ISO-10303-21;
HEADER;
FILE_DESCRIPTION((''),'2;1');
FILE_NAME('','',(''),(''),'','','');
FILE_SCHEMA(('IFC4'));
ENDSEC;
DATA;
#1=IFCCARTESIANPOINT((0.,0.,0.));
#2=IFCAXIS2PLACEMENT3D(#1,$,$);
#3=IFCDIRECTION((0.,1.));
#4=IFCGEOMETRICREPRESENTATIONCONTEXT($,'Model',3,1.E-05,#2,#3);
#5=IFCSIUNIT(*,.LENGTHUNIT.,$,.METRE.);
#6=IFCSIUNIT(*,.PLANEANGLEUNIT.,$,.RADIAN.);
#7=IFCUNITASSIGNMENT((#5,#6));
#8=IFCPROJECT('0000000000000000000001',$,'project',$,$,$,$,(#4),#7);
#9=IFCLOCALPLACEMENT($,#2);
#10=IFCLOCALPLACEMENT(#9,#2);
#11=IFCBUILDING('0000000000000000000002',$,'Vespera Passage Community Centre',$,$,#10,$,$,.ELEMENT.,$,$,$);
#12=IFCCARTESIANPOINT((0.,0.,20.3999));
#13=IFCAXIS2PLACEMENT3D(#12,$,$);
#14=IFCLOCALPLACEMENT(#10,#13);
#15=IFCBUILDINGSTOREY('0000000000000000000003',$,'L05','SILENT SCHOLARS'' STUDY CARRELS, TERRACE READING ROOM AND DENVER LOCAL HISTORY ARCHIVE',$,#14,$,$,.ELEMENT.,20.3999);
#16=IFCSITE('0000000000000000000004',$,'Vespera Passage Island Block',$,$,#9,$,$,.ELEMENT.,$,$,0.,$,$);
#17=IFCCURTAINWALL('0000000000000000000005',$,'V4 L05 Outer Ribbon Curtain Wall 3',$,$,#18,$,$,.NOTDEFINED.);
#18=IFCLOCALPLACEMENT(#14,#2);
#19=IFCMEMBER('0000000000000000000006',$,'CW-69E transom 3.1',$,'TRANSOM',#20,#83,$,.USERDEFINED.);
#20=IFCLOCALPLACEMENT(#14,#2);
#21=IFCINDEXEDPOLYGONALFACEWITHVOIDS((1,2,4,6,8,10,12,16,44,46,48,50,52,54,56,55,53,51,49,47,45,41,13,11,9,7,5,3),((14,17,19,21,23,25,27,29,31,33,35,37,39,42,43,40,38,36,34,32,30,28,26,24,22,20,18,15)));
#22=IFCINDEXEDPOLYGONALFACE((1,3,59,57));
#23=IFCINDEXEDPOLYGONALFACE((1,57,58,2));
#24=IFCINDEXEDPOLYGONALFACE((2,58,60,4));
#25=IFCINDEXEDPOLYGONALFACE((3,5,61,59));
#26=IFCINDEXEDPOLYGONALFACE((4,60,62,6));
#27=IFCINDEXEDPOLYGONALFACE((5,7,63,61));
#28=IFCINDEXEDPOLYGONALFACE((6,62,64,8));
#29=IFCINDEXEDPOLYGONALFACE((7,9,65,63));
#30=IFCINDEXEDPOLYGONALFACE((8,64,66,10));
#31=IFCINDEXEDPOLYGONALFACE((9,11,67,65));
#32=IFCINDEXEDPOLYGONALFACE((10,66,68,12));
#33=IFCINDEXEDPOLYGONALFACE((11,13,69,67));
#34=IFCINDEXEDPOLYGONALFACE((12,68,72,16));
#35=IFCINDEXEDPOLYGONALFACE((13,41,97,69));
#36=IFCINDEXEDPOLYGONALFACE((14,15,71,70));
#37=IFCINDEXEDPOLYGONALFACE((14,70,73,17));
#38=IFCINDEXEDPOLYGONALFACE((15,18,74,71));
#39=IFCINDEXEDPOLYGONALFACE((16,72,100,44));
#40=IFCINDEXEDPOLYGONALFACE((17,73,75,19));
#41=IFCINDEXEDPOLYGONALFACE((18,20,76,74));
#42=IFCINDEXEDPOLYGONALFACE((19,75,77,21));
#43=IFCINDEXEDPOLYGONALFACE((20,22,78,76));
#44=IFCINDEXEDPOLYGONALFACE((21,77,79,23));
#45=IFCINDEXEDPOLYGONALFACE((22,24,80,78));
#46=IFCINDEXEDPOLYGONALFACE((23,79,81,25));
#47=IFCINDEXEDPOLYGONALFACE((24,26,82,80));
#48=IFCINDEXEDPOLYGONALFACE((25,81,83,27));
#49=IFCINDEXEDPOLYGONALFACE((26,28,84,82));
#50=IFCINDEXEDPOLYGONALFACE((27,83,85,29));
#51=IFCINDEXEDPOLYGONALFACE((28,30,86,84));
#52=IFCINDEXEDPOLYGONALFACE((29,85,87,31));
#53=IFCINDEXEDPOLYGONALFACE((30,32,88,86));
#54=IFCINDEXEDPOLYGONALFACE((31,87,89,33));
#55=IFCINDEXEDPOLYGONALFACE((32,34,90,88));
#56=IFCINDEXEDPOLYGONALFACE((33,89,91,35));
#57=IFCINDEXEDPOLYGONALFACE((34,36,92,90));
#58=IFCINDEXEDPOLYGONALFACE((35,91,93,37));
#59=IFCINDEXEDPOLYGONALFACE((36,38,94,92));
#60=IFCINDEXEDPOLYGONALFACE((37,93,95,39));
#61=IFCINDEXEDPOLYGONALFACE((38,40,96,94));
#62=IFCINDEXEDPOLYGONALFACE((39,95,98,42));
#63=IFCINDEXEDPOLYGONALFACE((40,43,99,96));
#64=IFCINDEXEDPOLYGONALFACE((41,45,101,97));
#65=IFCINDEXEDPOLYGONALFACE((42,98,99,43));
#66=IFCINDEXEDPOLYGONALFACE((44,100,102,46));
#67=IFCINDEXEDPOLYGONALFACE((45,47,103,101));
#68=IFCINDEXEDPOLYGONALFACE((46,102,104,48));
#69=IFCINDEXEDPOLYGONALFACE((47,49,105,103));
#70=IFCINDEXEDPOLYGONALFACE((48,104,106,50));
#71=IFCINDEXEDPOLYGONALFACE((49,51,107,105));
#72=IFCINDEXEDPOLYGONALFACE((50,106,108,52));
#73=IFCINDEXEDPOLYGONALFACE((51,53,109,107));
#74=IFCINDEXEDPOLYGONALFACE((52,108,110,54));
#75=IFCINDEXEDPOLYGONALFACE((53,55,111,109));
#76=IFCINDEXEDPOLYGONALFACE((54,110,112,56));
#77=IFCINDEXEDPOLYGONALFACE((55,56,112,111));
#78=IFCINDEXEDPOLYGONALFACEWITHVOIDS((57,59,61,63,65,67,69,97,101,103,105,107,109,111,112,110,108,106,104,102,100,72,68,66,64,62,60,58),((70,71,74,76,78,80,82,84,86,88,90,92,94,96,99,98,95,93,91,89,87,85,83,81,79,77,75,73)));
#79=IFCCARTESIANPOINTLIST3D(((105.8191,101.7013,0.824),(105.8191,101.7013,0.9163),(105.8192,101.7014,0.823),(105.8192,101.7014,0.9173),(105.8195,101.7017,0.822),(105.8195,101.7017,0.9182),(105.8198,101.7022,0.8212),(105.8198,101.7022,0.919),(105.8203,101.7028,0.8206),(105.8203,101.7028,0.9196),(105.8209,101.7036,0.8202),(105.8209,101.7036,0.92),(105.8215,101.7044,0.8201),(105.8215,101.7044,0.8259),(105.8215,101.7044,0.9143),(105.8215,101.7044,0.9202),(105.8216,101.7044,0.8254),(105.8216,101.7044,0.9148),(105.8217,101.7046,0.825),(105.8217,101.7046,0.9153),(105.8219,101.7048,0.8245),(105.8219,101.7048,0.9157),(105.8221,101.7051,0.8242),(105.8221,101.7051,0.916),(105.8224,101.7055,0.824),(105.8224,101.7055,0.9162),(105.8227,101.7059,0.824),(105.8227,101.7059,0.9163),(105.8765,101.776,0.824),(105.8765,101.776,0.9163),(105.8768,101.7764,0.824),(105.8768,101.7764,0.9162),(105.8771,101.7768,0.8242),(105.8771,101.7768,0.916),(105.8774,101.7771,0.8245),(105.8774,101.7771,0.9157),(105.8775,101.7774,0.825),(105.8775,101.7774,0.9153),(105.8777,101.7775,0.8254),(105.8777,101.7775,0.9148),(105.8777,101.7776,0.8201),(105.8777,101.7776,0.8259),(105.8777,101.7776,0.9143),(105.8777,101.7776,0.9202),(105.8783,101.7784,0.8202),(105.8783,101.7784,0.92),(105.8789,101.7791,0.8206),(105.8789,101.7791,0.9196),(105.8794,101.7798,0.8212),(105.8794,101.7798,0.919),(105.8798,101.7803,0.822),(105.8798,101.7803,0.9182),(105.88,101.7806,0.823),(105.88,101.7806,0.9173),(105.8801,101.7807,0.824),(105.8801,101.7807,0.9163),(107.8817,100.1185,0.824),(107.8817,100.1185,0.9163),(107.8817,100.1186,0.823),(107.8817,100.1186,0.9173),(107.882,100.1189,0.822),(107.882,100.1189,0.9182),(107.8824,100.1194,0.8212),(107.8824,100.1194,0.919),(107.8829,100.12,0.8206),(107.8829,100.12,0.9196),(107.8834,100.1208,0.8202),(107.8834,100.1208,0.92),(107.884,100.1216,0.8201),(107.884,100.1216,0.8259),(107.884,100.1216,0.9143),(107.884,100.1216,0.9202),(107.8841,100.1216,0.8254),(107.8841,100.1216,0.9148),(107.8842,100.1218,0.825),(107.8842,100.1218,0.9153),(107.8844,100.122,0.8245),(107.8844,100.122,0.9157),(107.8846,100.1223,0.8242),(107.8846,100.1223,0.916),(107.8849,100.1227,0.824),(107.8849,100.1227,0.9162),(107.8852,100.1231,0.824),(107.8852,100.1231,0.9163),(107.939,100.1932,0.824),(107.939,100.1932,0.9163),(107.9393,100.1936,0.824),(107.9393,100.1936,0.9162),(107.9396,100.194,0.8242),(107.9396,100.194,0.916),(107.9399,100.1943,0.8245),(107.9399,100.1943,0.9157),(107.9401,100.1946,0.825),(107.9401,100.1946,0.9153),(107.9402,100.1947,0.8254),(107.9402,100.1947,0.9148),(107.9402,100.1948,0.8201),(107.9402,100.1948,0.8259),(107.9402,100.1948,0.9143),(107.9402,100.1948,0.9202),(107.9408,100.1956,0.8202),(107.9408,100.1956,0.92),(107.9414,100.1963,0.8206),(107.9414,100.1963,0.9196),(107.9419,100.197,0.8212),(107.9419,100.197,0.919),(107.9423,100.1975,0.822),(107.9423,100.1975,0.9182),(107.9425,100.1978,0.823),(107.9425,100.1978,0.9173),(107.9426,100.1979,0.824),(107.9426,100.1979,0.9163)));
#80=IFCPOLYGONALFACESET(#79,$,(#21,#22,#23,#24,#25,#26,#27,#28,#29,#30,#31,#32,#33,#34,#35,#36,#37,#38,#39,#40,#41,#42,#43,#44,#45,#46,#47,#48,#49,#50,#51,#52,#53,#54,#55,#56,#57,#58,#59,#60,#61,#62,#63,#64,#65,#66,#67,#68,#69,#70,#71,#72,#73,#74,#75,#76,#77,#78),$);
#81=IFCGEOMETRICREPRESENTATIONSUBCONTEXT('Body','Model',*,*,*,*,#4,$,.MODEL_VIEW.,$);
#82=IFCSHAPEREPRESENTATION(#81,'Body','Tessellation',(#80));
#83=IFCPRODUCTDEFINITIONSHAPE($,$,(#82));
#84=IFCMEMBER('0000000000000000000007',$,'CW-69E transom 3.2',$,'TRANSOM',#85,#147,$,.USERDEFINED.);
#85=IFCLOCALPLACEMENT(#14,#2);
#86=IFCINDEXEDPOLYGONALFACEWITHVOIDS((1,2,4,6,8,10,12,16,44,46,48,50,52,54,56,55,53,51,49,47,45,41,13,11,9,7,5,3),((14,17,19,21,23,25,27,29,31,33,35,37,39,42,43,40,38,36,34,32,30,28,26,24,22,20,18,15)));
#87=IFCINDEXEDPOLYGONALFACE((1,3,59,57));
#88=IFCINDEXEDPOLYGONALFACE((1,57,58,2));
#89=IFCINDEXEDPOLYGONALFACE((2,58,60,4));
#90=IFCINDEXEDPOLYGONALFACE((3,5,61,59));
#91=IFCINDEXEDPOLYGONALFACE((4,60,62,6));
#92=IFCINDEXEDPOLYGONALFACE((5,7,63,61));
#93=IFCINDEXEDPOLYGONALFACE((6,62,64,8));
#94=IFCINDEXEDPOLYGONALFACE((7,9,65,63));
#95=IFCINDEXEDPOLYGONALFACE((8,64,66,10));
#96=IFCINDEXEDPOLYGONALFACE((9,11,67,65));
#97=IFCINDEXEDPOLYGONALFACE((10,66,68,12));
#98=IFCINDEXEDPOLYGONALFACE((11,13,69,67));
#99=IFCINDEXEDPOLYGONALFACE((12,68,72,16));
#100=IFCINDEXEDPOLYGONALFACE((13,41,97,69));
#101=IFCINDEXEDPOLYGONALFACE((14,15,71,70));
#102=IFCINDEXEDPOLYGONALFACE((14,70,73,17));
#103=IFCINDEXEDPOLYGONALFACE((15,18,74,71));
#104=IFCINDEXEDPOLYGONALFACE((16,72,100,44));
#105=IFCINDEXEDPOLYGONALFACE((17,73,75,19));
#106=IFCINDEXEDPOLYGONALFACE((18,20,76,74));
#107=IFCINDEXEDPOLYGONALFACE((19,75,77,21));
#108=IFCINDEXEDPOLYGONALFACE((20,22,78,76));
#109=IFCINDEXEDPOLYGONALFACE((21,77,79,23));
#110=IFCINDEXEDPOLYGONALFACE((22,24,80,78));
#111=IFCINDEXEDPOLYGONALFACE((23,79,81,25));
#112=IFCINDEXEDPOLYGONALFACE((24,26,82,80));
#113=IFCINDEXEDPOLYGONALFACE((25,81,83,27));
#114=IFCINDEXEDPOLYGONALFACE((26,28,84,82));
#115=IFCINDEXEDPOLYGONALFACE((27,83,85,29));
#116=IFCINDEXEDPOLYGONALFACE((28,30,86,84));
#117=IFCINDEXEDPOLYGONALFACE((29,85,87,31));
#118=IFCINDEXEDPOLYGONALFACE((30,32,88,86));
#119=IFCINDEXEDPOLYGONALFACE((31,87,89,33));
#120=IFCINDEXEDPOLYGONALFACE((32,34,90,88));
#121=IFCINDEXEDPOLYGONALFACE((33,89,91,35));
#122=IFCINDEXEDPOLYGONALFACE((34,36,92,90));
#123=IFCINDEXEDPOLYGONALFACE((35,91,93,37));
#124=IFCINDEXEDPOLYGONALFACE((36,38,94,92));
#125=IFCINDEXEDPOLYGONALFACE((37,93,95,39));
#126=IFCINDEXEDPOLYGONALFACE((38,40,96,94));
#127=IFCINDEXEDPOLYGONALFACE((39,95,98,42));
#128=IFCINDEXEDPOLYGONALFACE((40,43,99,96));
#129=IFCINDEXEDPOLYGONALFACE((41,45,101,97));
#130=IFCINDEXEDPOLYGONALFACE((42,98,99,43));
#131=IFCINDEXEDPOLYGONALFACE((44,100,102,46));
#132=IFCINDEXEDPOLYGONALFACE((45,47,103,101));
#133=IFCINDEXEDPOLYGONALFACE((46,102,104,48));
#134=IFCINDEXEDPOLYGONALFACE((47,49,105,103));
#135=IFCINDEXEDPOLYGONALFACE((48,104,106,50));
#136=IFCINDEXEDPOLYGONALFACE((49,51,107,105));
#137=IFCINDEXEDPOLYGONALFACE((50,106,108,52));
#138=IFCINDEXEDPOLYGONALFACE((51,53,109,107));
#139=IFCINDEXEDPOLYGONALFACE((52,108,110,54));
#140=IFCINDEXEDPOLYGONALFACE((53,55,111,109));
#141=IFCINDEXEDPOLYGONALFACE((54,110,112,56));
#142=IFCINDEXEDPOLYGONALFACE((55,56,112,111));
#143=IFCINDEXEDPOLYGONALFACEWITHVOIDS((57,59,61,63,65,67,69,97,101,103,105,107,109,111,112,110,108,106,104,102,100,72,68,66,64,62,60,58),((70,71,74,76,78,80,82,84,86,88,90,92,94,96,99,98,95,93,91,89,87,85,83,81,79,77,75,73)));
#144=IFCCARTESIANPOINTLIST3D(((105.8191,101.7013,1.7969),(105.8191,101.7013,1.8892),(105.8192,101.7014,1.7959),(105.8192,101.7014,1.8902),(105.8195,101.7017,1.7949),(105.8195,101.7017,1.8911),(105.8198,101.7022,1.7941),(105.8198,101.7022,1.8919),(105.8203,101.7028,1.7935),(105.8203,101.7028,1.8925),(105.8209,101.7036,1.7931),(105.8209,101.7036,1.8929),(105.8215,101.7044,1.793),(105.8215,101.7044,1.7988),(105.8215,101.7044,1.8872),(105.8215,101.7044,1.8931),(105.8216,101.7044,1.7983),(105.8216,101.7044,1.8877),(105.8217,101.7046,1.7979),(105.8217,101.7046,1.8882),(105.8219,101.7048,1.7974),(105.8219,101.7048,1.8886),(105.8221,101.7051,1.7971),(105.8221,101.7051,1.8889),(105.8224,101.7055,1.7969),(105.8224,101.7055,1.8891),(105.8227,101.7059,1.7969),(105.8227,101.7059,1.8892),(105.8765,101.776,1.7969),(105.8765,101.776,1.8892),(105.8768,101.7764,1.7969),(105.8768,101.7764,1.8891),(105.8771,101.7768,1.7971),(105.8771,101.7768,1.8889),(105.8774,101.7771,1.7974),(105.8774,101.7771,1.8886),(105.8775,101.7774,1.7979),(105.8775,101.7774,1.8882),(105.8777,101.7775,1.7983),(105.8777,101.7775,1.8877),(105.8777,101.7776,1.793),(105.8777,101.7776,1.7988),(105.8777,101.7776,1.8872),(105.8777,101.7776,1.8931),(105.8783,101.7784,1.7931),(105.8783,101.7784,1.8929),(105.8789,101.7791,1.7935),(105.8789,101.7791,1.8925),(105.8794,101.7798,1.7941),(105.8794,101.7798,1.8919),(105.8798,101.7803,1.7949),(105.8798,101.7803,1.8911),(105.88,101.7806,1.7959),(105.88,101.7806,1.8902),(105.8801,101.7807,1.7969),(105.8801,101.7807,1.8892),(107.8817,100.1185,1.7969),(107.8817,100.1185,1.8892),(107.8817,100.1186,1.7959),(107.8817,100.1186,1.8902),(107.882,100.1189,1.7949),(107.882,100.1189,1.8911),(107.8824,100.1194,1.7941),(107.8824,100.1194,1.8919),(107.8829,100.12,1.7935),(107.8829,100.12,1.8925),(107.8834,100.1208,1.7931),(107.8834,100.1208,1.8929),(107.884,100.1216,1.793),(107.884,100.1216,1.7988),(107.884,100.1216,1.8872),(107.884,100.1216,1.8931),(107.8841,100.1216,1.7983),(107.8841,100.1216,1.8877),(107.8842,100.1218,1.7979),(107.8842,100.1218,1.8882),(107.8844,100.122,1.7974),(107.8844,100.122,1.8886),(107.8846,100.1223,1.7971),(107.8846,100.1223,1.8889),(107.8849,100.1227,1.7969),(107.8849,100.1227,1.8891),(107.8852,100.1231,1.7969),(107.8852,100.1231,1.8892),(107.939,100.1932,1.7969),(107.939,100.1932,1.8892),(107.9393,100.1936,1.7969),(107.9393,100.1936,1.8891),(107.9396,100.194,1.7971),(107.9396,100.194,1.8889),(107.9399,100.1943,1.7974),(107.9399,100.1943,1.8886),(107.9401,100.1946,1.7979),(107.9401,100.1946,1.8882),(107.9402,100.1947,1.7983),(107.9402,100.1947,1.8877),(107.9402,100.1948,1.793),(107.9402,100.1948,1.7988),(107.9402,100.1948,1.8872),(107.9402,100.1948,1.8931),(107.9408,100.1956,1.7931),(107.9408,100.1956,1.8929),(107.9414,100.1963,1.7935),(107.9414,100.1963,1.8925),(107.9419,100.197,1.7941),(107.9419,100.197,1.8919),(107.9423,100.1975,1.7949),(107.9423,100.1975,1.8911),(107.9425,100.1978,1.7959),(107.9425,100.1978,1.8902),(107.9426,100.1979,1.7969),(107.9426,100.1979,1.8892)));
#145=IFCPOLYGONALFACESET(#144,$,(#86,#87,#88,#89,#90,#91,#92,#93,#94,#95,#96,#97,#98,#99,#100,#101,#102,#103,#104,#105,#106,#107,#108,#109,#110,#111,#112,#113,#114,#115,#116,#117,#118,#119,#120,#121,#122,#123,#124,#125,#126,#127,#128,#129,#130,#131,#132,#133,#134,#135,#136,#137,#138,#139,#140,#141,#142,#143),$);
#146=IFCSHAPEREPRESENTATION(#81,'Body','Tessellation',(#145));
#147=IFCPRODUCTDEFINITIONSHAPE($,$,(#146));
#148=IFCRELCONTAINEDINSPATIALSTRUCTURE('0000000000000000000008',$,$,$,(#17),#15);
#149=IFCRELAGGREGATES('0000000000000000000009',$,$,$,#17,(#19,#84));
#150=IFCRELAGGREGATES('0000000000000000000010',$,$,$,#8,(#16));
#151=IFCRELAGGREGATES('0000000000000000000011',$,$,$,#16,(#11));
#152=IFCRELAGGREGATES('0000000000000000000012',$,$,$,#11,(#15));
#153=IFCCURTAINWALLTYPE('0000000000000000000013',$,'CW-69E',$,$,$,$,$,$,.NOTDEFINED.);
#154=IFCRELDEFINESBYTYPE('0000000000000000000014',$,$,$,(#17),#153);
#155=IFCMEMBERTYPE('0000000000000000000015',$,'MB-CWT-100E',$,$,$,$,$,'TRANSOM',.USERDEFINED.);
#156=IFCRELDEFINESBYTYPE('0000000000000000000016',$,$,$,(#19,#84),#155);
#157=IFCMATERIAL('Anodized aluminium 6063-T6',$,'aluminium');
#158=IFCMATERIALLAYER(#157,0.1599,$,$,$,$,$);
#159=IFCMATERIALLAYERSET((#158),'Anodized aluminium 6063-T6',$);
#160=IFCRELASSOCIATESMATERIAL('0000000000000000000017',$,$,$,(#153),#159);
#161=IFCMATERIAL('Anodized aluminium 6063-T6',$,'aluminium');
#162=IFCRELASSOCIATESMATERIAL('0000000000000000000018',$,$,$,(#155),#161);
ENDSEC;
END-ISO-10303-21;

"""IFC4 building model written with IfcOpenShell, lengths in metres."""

from ifc_helpers import new_model, si_unit, direction, frame, origin, origin_2d, place, context, subcontext, project, spatial, hollow_rectangle, extrude, material, layer, layer_set, material_profile, profile_set, type_object, element, aggregate, save


model = new_model("IFC4")

# Units and contexts
model_context = context("Model", 3, precision=1e-05, world=origin(), true_north=direction((0.0, 1.0)))
body_context = subcontext(model_context, "Body", "Model", "MODEL_VIEW")
ifc_project = project(units=[si_unit("LENGTHUNIT", "METRE"), si_unit("PLANEANGLEUNIT", "RADIAN")], contexts=[model_context])

# Site, building, storey
site_placement = place(None, origin())
site = spatial("IfcSite", under=ifc_project, at=site_placement, Name="Vespera Passage Island Block", CompositionType="ELEMENT", RefElevation=0.0)
building_placement = place(site_placement, origin())
building = spatial("IfcBuilding", under=site, at=building_placement, Name="Vespera Passage Community Centre", CompositionType="ELEMENT")
storey_placement = place(building_placement, frame((0.0, 0.0, 20.3999)))
storey = spatial("IfcBuildingStorey", under=building, at=storey_placement, Name="L05", Description="SILENT SCHOLARS' STUDY CARRELS, TERRACE READING ROOM AND DENVER LOCAL HISTORY ARCHIVE", CompositionType="ELEMENT", Elevation=20.3999)

# Curtain wall, members
ifc_material_1 = material(Name="Anodized aluminium 6063-T6", Category="aluminium")
ifc_layer_1 = layer(ifc_material_1, 0.1599)
ifc_layer_set_1 = layer_set([ifc_layer_1], Name="Anodized aluminium 6063-T6")
curtain_wall_type = type_object("IfcCurtainWallType", Name="CW-69E", PredefinedType="NOTDEFINED", material=ifc_layer_set_1)
curtain_wall_placement = place(storey_placement, origin())
curtain_wall = element("IfcCurtainWall", 1, at=curtain_wall_placement, inside=storey, type_object=curtain_wall_type, Name="V4 L05 Outer Ribbon Curtain Wall 3", PredefinedType="NOTDEFINED")
ifc_material_2 = material(Name="Anodized aluminium 6063-T6", Category="aluminium")
ifc_material_profile_1 = material_profile(ifc_material_2, hollow_rectangle(XDim=0.1001, YDim=0.1001, WallThickness=0.0039, InnerFilletRadius=0.002, OuterFilletRadius=0.0039, at=origin_2d()), Name="ALU100X100X4")
ifc_profile_set_1 = profile_set([ifc_material_profile_1], Name="Anodized aluminium 6063-T6")
member_type_1 = type_object("IfcMemberType", Name="MB-CWT-100E", ElementType="TRANSOM", PredefinedType="USERDEFINED", material=ifc_profile_set_1)
member_1_placement = place(storey_placement, frame((105.8496, 101.741, 0.8701), z_axis=(0.793325, -0.608798, 0.0), x_axis=(0.608798, 0.793325, 0.0)))
member_1 = element("IfcMember", 2, at=member_1_placement, type_object=member_type_1, Name="CW-69E transom 3.1", ObjectType="TRANSOM", PredefinedType="USERDEFINED", context=body_context, shape_type="SweptSolid", body=[
    extrude(hollow_rectangle(XDim=0.1001, YDim=0.1001, WallThickness=0.0039, InnerFilletRadius=0.002, OuterFilletRadius=0.0039, at=origin_2d()), origin(), (0.0, 0.0, 1.0), 2.5999),
])
member_2_placement = place(storey_placement, frame((105.8496, 101.741, 1.843), z_axis=(0.793325, -0.608798, 0.0), x_axis=(0.608798, 0.793325, 0.0)))
member_2 = element("IfcMember", 3, at=member_2_placement, type_object=member_type_1, Name="CW-69E transom 3.2", ObjectType="TRANSOM", PredefinedType="USERDEFINED", context=body_context, shape_type="SweptSolid", body=[
    extrude(hollow_rectangle(XDim=0.1001, YDim=0.1001, WallThickness=0.0039, InnerFilletRadius=0.002, OuterFilletRadius=0.0039, at=origin_2d()), origin(), (0.0, 0.0, 1.0), 2.5999),
])
aggregate(curtain_wall, [member_1, member_2])

save(model, "model.ifc")
